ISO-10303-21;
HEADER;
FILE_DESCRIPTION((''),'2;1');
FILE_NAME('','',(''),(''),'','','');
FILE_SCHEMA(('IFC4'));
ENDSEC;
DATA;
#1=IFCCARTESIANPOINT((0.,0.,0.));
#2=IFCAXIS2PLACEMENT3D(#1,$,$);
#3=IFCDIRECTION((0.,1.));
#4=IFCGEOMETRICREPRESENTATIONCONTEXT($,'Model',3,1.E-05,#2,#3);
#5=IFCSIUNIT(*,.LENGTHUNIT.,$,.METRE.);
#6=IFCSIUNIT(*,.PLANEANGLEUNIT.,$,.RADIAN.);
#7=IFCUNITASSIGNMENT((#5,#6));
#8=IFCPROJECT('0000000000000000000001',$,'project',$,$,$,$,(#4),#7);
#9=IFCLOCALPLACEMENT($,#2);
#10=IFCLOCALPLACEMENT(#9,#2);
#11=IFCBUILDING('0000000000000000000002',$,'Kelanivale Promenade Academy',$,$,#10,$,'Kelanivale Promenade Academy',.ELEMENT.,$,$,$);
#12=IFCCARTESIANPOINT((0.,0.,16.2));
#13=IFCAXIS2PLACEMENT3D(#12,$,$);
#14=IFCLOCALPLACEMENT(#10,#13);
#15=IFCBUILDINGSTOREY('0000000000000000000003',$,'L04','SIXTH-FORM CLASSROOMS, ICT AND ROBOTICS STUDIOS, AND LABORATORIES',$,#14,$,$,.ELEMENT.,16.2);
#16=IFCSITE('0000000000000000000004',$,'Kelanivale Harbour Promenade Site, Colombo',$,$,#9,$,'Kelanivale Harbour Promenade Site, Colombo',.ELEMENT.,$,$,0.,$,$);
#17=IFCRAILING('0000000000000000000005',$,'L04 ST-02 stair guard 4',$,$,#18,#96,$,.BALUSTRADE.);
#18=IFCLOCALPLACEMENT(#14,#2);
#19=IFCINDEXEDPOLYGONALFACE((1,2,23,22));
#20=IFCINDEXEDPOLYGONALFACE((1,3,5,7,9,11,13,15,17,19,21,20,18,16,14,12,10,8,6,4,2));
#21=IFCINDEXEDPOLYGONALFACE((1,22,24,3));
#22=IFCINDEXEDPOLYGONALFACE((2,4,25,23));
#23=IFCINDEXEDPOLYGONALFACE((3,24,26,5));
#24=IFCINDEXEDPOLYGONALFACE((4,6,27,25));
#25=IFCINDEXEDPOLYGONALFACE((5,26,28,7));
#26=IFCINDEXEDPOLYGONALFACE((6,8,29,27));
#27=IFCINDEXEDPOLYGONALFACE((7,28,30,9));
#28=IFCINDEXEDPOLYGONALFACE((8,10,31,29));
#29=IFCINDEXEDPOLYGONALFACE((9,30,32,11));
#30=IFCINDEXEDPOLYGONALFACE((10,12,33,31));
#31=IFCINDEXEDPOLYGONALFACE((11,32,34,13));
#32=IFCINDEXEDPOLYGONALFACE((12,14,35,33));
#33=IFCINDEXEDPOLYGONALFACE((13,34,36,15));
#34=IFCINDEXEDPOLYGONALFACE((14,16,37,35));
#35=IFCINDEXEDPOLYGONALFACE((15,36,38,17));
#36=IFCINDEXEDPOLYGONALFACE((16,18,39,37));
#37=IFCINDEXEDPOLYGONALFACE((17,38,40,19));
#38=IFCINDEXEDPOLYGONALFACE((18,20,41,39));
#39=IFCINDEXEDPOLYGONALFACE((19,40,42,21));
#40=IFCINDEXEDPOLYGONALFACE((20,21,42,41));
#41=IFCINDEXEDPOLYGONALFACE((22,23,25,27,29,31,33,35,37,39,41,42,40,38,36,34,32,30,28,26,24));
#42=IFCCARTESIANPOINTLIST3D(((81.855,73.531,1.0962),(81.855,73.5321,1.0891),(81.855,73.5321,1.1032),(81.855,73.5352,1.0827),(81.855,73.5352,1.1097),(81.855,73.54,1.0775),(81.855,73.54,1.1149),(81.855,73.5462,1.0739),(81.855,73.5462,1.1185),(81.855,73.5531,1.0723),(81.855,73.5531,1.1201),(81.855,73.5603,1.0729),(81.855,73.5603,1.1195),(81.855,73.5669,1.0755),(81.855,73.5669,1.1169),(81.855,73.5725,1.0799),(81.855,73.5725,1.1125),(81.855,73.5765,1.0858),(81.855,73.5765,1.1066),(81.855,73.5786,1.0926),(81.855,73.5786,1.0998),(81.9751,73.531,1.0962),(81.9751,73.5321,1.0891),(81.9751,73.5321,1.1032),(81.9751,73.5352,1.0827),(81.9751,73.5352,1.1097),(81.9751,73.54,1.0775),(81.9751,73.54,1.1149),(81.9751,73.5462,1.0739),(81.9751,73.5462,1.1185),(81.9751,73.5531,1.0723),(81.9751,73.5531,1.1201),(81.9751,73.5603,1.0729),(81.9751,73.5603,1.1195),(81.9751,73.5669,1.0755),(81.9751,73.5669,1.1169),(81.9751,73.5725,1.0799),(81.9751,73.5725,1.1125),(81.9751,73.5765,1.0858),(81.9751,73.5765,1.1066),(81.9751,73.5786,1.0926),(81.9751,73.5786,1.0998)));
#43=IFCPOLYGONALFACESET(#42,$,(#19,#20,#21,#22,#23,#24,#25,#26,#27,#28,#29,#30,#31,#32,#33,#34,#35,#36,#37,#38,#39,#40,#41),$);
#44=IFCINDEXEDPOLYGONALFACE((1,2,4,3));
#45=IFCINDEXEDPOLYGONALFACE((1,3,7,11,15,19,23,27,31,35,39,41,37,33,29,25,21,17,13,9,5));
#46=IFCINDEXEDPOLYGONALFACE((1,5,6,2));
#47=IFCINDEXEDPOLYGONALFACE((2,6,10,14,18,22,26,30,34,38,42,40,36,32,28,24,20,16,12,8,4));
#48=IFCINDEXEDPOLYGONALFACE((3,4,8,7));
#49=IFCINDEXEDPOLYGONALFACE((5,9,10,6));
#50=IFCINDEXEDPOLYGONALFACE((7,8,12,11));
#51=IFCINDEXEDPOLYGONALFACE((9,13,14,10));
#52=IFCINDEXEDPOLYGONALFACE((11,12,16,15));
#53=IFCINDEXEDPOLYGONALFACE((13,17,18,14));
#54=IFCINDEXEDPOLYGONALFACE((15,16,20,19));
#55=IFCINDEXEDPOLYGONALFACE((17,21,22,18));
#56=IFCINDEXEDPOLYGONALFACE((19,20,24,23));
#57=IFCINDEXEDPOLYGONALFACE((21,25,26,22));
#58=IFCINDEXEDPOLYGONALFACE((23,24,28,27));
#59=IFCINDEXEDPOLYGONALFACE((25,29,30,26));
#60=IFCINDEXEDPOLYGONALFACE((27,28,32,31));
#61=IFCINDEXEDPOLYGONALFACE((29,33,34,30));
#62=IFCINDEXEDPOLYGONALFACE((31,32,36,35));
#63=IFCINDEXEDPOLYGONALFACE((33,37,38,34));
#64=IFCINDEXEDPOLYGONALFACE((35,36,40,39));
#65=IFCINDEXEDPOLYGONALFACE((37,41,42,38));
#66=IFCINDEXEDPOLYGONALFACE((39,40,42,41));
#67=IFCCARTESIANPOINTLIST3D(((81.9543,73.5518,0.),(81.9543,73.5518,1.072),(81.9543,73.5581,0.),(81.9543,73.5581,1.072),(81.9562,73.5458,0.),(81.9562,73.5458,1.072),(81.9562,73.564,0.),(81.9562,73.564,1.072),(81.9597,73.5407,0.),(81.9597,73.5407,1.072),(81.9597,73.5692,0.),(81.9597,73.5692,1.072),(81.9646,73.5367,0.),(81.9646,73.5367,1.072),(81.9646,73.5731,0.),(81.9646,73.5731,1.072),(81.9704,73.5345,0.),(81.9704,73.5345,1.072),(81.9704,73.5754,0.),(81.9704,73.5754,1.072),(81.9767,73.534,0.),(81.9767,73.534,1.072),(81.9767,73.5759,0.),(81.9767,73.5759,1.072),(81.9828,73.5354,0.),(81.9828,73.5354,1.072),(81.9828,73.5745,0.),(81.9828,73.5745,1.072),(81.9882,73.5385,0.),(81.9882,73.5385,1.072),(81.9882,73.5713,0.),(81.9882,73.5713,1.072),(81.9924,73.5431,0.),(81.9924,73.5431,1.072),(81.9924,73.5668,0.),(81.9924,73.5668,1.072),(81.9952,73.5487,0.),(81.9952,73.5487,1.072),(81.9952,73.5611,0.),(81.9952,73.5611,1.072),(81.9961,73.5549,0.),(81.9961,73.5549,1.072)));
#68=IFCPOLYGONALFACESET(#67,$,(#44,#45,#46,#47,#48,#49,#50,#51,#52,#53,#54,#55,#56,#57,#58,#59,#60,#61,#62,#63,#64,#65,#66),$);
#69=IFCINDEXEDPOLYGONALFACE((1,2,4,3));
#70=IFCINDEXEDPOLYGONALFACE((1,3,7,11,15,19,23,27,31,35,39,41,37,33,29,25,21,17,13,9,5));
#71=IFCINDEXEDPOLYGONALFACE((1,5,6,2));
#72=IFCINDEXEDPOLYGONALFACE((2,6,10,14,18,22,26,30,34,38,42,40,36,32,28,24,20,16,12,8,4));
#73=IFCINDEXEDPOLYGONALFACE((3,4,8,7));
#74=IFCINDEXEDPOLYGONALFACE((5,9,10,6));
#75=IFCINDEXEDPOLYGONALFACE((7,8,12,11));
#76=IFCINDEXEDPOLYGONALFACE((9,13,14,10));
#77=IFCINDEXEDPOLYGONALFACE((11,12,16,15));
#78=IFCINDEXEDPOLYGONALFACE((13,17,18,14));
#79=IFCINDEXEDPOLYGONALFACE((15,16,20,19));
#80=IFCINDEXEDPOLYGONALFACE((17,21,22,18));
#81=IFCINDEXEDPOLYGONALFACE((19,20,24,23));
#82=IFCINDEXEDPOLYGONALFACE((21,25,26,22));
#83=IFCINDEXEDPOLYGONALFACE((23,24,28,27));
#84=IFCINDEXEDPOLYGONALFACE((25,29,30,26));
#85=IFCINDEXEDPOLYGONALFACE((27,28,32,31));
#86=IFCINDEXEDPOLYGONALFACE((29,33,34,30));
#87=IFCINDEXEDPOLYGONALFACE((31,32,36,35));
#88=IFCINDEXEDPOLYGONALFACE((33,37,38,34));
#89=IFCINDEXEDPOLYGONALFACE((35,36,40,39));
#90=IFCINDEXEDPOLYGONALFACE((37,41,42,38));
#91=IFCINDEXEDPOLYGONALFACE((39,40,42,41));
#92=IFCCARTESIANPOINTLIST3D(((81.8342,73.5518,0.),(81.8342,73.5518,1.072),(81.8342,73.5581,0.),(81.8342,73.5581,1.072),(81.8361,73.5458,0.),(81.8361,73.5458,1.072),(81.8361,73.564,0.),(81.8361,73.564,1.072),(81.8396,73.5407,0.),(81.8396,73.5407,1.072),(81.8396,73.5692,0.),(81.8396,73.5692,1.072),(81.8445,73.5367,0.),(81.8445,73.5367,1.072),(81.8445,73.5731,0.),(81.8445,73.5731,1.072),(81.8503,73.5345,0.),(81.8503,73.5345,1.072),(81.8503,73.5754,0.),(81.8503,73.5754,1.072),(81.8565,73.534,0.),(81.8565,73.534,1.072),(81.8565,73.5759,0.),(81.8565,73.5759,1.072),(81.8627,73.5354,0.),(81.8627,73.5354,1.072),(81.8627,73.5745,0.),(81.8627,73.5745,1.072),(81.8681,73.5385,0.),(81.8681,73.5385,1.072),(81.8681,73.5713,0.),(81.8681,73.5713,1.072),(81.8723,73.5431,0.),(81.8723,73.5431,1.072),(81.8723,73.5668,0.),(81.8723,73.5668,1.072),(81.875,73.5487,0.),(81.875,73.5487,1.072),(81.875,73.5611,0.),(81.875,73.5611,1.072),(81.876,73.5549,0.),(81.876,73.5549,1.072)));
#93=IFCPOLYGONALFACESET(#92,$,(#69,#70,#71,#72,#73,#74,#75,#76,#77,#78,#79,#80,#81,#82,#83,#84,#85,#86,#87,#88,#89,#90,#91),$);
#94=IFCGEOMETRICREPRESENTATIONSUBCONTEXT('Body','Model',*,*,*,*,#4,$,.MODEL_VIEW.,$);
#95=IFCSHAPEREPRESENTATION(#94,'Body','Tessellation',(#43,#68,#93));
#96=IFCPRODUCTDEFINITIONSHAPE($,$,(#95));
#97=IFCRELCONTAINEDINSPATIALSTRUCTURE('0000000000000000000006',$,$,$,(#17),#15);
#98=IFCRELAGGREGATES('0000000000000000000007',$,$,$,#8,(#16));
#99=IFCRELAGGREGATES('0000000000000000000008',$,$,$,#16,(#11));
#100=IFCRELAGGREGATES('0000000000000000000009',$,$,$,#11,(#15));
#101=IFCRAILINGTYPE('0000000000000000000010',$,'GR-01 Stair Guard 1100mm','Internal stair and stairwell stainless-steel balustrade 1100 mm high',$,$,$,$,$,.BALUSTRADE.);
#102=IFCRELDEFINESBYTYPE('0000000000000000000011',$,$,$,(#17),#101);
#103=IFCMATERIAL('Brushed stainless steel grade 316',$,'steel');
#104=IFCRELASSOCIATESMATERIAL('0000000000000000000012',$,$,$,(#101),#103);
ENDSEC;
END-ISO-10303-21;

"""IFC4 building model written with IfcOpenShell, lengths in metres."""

from ifc_helpers import new_model, si_unit, direction, frame, origin, origin_2d, place, context, subcontext, project, spatial, circle, extrude, material, type_object, element, save


model = new_model("IFC4")

# Units and contexts
model_context = context("Model", 3, precision=1e-05, world=origin(), true_north=direction((0.0, 1.0)))
body_context = subcontext(model_context, "Body", "Model", "MODEL_VIEW")
ifc_project = project(units=[si_unit("LENGTHUNIT", "METRE"), si_unit("PLANEANGLEUNIT", "RADIAN")], contexts=[model_context])

# Site, building, storey
site_placement = place(None, origin())
site = spatial("IfcSite", under=ifc_project, at=site_placement, Name="Kelanivale Harbour Promenade Site, Colombo", LongName="Kelanivale Harbour Promenade Site, Colombo", CompositionType="ELEMENT", RefElevation=0.0)
building_placement = place(site_placement, origin())
building = spatial("IfcBuilding", under=site, at=building_placement, Name="Kelanivale Promenade Academy", LongName="Kelanivale Promenade Academy", CompositionType="ELEMENT")
storey_placement = place(building_placement, frame((0.0, 0.0, 16.2)))
storey = spatial("IfcBuildingStorey", under=building, at=storey_placement, Name="L04", Description="SIXTH-FORM CLASSROOMS, ICT AND ROBOTICS STUDIOS, AND LABORATORIES", CompositionType="ELEMENT", Elevation=16.2)

# Railing
ifc_material_1 = material(Name="Brushed stainless steel grade 316", Category="steel")
railing_type_1 = type_object("IfcRailingType", Name="GR-01 Stair Guard 1100mm", Description="Internal stair and stairwell stainless-steel balustrade 1100 mm high", PredefinedType="BALUSTRADE", material=ifc_material_1)
railing_1_placement = place(storey_placement, frame((81.9751, 73.5549, 0.0)))
element("IfcRailing", 1, at=railing_1_placement, inside=storey, type_object=railing_type_1, Name="L04 ST-02 stair guard 4", PredefinedType="BALUSTRADE", context=body_context, shape_type="SweptSolid", body=[
    extrude(circle(Radius=0.0239, at=origin_2d()), frame((0.0, 0.0, 1.0962), z_axis=(-1.0, 0.0, 0.0), x_axis=(0.0, -1.0, 0.0)), (0.0, 0.0, 1.0), 0.1201),
    extrude(circle(Radius=0.021, at=origin_2d()), origin(), (0.0, 0.0, 1.0), 1.072),
    extrude(circle(Radius=0.021, at=origin_2d()), frame((-0.1201, 0.0, 0.0)), (0.0, 0.0, 1.0), 1.072),
])

save(model, "model.ifc")
